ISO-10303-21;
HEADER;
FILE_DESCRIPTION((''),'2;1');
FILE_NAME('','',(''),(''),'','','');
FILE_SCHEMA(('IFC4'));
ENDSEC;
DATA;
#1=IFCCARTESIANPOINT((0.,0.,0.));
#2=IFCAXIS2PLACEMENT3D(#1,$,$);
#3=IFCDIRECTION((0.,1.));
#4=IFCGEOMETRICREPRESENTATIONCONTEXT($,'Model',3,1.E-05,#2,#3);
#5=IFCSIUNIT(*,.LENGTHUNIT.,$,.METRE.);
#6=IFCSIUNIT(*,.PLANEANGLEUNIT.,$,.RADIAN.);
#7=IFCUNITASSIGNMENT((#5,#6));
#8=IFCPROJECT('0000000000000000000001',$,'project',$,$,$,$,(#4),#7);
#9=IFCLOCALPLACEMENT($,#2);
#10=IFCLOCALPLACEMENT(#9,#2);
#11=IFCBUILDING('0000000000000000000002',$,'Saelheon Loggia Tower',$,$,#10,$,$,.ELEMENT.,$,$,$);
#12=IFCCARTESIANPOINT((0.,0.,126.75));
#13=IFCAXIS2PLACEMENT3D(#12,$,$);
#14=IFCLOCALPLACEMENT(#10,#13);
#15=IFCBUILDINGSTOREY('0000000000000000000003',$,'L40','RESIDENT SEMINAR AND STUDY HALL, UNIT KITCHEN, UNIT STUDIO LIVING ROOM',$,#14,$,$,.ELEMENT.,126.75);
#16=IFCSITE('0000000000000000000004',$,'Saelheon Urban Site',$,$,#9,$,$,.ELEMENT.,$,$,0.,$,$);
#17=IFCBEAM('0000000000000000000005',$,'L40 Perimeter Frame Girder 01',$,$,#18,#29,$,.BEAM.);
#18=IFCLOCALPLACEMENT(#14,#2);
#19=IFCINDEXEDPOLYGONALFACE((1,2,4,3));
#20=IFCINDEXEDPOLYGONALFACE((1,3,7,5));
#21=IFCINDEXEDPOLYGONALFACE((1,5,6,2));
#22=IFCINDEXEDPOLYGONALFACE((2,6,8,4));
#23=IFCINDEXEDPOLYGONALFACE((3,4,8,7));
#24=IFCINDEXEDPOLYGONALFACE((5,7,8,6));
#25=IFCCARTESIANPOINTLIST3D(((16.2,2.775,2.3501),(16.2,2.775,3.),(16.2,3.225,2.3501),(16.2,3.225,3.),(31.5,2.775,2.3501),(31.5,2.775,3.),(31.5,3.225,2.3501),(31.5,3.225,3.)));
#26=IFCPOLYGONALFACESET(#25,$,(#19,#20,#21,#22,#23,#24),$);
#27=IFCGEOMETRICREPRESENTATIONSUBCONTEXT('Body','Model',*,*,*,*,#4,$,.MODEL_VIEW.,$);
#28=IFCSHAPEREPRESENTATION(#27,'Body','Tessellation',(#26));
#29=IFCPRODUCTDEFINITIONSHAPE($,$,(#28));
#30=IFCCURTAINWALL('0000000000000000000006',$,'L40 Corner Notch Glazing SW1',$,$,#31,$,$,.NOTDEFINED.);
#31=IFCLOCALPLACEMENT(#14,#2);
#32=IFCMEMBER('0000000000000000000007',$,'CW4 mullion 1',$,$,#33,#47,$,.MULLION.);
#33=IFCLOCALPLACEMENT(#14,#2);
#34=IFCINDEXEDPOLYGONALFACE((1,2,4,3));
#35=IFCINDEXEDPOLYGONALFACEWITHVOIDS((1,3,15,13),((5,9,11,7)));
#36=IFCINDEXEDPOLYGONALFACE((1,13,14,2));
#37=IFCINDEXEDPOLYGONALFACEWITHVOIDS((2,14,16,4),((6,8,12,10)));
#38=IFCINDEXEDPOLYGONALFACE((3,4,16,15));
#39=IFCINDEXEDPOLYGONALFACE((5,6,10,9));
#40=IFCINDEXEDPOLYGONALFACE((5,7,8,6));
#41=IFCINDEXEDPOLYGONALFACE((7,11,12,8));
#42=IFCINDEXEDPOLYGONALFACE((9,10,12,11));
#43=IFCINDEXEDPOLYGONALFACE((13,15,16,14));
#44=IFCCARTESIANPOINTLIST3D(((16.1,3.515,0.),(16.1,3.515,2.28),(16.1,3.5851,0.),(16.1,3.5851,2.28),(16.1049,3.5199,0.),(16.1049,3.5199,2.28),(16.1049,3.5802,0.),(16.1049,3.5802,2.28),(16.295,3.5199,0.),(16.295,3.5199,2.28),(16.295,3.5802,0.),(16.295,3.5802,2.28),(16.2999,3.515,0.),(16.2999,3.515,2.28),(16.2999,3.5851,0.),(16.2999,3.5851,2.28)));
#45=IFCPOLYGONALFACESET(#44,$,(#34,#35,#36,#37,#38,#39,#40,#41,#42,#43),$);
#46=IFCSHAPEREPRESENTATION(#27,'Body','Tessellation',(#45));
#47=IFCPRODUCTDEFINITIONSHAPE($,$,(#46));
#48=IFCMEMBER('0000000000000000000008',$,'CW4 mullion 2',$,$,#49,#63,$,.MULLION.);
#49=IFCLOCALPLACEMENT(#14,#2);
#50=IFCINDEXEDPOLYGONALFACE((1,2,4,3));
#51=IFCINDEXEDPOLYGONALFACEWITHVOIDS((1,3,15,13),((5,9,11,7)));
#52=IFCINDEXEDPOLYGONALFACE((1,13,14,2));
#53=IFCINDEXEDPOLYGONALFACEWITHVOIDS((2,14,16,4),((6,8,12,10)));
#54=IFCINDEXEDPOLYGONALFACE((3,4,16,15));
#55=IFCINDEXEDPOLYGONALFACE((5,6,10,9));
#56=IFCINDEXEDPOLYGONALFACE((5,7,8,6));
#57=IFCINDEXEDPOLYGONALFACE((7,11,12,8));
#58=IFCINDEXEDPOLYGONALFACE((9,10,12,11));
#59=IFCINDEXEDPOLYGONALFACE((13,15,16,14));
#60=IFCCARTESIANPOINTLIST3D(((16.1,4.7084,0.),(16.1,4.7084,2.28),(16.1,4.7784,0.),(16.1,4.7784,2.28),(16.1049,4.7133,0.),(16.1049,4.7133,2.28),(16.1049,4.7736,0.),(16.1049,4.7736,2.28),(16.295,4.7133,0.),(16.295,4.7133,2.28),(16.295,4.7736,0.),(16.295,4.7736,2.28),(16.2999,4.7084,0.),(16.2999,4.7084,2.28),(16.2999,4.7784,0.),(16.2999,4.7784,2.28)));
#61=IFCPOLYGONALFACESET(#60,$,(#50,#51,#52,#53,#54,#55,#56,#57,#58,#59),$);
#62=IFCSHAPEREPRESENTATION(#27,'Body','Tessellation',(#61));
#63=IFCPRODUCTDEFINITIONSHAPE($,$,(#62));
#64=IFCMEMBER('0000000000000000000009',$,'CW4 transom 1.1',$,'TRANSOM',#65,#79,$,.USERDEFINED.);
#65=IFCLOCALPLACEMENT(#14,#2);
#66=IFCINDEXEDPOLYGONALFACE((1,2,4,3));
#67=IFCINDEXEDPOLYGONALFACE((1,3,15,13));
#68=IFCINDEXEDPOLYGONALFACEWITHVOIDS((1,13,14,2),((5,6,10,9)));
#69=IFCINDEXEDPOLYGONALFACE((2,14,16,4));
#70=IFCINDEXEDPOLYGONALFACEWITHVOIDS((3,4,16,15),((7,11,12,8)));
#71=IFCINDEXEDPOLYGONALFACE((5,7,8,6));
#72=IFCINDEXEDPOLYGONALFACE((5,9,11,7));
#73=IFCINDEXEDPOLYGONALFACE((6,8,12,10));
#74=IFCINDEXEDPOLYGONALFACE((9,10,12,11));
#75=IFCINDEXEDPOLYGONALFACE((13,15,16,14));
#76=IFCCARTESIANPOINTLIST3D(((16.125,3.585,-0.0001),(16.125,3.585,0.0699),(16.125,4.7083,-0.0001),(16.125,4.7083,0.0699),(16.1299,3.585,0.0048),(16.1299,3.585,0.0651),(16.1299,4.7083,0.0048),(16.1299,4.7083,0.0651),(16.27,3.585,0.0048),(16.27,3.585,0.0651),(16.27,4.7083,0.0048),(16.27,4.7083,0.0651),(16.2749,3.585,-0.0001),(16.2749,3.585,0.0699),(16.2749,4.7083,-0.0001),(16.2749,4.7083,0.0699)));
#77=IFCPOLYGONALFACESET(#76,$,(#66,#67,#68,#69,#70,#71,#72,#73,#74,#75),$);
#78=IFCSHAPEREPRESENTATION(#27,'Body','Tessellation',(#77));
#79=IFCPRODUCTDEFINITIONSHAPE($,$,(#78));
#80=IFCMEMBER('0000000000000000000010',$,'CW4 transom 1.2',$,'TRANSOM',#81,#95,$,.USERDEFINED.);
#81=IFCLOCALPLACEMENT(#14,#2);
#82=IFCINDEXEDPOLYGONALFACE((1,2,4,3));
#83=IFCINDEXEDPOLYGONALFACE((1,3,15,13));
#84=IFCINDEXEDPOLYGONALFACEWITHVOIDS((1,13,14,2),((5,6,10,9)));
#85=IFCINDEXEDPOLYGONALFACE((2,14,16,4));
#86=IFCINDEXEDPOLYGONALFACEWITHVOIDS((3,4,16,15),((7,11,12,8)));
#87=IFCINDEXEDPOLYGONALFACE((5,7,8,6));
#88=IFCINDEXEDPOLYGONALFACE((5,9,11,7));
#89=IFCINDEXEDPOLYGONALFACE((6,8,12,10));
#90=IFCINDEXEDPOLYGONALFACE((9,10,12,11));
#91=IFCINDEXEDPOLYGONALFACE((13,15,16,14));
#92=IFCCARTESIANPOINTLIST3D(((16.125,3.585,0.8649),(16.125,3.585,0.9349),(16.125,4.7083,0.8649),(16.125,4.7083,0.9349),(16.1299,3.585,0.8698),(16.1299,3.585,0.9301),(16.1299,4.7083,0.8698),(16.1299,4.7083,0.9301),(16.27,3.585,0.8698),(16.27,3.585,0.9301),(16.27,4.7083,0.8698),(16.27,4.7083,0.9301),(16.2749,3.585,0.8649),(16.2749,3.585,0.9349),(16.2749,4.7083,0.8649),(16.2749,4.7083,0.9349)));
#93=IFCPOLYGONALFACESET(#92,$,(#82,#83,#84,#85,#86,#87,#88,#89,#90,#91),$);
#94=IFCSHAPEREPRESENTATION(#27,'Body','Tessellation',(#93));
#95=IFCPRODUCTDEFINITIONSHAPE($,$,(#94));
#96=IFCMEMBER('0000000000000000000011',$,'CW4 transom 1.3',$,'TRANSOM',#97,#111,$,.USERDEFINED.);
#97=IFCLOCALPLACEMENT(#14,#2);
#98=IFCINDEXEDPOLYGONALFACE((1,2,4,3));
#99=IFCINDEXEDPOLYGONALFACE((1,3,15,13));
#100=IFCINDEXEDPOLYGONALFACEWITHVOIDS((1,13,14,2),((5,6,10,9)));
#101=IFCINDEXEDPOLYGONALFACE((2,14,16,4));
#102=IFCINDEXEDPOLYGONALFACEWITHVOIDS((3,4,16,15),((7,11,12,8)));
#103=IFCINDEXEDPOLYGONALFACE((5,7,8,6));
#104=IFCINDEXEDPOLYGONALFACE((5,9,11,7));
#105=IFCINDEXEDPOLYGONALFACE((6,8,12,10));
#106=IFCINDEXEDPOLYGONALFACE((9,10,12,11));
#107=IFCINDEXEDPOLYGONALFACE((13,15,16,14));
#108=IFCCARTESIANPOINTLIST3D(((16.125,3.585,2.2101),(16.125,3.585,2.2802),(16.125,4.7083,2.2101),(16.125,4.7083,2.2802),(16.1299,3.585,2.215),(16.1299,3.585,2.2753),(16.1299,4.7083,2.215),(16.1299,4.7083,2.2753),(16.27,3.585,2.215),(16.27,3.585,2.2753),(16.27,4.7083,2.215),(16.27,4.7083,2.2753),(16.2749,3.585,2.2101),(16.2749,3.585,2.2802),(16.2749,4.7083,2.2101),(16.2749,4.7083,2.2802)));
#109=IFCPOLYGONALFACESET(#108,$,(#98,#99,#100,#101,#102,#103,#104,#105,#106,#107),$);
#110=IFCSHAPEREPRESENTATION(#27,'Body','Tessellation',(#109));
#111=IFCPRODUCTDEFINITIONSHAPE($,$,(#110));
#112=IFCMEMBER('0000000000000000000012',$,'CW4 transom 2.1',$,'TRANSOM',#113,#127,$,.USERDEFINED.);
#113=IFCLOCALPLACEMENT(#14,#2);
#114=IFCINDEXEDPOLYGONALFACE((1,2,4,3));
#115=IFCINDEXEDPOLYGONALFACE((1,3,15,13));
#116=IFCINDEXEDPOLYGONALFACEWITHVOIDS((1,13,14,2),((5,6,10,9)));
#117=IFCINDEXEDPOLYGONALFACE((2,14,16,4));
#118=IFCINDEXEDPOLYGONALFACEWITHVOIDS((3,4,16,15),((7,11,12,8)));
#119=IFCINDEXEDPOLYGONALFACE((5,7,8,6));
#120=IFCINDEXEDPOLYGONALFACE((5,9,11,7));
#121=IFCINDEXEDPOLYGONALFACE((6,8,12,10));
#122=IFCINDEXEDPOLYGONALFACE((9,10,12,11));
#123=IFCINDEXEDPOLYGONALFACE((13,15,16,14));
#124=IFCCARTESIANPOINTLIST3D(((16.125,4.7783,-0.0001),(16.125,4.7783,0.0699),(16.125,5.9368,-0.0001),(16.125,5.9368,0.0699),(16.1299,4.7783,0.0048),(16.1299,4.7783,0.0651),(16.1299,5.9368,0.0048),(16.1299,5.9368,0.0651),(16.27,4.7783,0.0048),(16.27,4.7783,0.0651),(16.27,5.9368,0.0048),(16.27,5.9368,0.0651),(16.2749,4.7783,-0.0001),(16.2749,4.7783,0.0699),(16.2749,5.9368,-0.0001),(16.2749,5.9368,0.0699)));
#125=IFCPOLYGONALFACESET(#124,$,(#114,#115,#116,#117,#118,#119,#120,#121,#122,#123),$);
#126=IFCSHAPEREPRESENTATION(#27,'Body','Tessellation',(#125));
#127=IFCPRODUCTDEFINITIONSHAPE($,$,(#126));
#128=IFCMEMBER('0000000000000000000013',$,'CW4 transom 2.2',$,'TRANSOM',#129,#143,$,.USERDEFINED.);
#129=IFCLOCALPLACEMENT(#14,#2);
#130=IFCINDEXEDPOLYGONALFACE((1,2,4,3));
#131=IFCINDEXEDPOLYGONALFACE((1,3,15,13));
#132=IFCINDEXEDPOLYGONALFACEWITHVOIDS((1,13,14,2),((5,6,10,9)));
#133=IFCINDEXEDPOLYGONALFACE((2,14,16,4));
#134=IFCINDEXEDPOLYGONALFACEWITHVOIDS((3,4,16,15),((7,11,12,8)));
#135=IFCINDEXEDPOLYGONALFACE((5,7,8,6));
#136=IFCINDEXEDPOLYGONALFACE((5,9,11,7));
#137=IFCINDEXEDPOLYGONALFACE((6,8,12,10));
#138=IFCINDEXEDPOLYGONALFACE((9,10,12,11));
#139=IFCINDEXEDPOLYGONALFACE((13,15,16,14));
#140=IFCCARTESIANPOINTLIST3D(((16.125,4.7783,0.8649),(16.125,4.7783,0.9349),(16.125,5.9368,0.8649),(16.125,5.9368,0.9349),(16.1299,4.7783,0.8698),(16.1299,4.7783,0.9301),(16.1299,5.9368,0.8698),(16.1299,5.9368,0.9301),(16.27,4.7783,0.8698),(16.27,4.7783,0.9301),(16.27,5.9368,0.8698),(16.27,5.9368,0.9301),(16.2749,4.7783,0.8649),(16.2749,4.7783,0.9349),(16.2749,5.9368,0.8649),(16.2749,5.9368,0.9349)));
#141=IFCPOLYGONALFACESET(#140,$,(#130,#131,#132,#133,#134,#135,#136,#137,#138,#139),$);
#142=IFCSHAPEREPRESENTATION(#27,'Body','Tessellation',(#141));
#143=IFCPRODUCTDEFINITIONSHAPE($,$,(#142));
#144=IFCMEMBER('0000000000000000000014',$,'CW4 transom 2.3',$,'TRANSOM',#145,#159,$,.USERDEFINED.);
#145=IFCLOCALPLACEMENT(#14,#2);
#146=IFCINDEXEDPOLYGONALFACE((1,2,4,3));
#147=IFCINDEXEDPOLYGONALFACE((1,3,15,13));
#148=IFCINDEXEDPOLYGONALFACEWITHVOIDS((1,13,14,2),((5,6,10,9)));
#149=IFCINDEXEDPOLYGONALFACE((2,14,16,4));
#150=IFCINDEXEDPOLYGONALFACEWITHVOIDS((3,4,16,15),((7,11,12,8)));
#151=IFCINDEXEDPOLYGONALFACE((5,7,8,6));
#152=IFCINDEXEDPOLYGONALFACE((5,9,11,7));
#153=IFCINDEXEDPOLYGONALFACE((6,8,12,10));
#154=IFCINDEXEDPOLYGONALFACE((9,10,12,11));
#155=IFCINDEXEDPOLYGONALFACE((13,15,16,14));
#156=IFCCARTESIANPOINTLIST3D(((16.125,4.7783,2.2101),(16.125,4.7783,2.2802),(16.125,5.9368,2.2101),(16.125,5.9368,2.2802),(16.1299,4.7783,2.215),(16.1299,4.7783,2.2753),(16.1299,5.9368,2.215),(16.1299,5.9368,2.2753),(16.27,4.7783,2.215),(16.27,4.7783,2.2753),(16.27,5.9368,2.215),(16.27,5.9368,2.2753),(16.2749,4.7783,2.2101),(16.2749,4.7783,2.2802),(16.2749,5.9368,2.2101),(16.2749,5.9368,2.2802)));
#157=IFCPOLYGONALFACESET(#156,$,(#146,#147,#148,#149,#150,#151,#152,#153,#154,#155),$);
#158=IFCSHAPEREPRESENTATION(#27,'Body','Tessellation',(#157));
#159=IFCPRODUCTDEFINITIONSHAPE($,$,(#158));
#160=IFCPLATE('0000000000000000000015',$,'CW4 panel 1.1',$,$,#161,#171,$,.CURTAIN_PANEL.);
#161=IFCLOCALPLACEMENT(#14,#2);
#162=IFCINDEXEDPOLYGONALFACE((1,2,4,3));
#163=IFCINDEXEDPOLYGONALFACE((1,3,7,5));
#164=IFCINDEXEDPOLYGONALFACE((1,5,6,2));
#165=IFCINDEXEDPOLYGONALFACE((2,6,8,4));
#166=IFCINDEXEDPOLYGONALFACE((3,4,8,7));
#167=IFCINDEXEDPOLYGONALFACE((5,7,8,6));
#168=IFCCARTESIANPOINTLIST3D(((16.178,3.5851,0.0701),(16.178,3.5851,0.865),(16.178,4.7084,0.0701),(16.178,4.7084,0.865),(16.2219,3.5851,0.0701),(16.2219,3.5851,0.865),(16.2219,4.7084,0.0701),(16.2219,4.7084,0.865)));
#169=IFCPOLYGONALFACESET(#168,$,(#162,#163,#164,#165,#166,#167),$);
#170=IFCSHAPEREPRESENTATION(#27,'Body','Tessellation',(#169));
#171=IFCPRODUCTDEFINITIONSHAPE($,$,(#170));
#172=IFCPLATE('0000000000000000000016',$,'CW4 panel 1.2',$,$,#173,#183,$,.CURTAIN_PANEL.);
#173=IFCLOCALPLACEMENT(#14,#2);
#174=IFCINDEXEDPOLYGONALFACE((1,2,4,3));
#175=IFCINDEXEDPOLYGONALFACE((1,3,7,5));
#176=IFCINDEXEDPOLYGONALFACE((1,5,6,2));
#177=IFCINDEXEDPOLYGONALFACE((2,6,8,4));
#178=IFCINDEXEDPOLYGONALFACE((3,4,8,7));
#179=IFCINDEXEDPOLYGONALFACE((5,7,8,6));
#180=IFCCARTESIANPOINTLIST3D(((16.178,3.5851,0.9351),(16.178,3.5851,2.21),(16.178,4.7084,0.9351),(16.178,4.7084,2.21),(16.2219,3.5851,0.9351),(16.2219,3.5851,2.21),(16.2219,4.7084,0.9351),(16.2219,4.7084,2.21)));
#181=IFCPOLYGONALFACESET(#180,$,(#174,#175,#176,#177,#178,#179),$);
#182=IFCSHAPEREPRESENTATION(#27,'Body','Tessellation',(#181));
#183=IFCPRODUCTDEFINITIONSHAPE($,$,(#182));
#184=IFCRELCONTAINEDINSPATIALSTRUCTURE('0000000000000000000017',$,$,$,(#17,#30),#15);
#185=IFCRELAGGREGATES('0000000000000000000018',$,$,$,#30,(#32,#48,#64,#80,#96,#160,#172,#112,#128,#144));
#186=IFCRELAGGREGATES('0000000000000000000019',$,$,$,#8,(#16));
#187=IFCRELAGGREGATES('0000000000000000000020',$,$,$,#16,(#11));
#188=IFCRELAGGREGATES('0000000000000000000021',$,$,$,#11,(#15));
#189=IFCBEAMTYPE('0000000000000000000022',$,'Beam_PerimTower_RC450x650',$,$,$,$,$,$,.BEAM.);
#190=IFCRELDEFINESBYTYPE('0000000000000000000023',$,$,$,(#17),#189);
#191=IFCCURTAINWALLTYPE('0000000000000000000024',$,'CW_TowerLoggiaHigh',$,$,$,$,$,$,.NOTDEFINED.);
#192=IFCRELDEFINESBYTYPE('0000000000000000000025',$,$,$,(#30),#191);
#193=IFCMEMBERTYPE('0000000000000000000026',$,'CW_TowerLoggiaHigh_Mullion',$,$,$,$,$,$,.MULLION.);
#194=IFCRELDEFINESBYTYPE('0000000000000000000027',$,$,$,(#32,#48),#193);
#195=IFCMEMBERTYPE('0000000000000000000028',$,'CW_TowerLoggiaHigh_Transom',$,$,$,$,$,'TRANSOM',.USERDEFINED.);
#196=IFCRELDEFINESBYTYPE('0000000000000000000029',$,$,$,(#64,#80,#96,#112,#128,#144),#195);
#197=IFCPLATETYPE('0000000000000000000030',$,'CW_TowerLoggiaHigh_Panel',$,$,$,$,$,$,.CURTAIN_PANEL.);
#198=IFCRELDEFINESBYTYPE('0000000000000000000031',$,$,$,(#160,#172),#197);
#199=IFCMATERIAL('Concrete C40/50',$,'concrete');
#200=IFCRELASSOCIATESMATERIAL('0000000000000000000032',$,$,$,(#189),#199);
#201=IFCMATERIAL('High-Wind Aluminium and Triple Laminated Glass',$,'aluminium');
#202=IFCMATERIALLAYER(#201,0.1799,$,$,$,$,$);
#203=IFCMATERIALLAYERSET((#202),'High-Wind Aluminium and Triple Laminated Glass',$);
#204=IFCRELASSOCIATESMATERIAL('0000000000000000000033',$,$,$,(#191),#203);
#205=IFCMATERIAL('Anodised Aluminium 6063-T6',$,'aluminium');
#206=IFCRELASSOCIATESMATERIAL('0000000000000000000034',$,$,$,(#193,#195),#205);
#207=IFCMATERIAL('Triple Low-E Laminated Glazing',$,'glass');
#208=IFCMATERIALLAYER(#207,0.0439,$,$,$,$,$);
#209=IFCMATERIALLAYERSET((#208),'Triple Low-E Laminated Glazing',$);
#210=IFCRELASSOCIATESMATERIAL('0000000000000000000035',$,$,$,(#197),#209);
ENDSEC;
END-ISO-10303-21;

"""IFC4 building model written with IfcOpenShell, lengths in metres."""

from ifc_helpers import new_model, si_unit, direction, frame, origin, origin_2d, place, context, subcontext, project, spatial, rectangle, hollow_rectangle, extrude, source, transform, mapped, material, layer, layer_set, material_profile, profile_set, type_object, element, aggregate, save


model = new_model("IFC4")

# Units and contexts
model_context = context("Model", 3, precision=1e-05, world=origin(), true_north=direction((0.0, 1.0)))
body_context = subcontext(model_context, "Body", "Model", "MODEL_VIEW")
ifc_project = project(units=[si_unit("LENGTHUNIT", "METRE"), si_unit("PLANEANGLEUNIT", "RADIAN")], contexts=[model_context])

# Site, building, storey
site_placement = place(None, origin())
site = spatial("IfcSite", under=ifc_project, at=site_placement, Name="Saelheon Urban Site", CompositionType="ELEMENT", RefElevation=0.0)
building_placement = place(site_placement, origin())
building = spatial("IfcBuilding", under=site, at=building_placement, Name="Saelheon Loggia Tower", CompositionType="ELEMENT")
storey_placement = place(building_placement, frame((0.0, 0.0, 126.75)))
storey = spatial("IfcBuildingStorey", under=building, at=storey_placement, Name="L40", Description="RESIDENT SEMINAR AND STUDY HALL, UNIT KITCHEN, UNIT STUDIO LIVING ROOM", CompositionType="ELEMENT", Elevation=126.75)

# Beam
ifc_material_1 = material(Name="Concrete C40/50", Category="concrete")
ifc_material_profile_1 = material_profile(ifc_material_1, rectangle(XDim=0.45, YDim=0.6499, at=origin_2d()), Name="RC-450x650")
ifc_profile_set_1 = profile_set([ifc_material_profile_1], Name="Concrete C40/50")
beam_type = type_object("IfcBeamType", Name="Beam_PerimTower_RC450x650", PredefinedType="BEAM", material=ifc_profile_set_1)
shared_shape_1 = source(origin(), body_context, "Body", "SweptSolid", [
    extrude(rectangle(XDim=0.45, YDim=0.6499, at=origin_2d()), origin(), (0.0, 0.0, 1.0), 15.3),
])
beam_placement = place(storey_placement, frame((16.2, 3.0, 2.675), z_axis=(1.0, 0.0, 0.0), x_axis=(0.0, 1.0, 0.0)))
element("IfcBeam", 1, at=beam_placement, inside=storey, type_object=beam_type, Name="L40 Perimeter Frame Girder 01", PredefinedType="BEAM", context=body_context, shape_type="MappedRepresentation", body=[
    mapped(shared_shape_1, transform((0.0, 0.0, 0.0), scale=1.0)),
])

# Curtain wall, members, plates
ifc_material_2 = material(Name="High-Wind Aluminium and Triple Laminated Glass", Category="aluminium")
ifc_layer_1 = layer(ifc_material_2, 0.1799)
ifc_layer_set_1 = layer_set([ifc_layer_1], Name="High-Wind Aluminium and Triple Laminated Glass")
curtain_wall_type = type_object("IfcCurtainWallType", Name="CW_TowerLoggiaHigh", PredefinedType="NOTDEFINED", material=ifc_layer_set_1)
curtain_wall_placement = place(storey_placement, origin())
curtain_wall = element("IfcCurtainWall", 2, at=curtain_wall_placement, inside=storey, type_object=curtain_wall_type, Name="L40 Corner Notch Glazing SW1", PredefinedType="NOTDEFINED")
ifc_material_3 = material(Name="Anodised Aluminium 6063-T6", Category="aluminium")
ifc_material_profile_2 = material_profile(ifc_material_3, hollow_rectangle(XDim=0.0701, YDim=0.2, WallThickness=0.0049, at=origin_2d()), Name="RHS-200x70x5")
ifc_profile_set_2 = profile_set([ifc_material_profile_2], Name="Anodised Aluminium 6063-T6")
member_type_1 = type_object("IfcMemberType", Name="CW_TowerLoggiaHigh_Mullion", PredefinedType="MULLION", material=ifc_profile_set_2)
shared_shape_2 = source(origin(), body_context, "Body", "SweptSolid", [
    extrude(hollow_rectangle(XDim=0.0701, YDim=0.2, WallThickness=0.0049, at=origin_2d()), origin(), (0.0, 0.0, 1.0), 2.28),
])
member_1_placement = place(storey_placement, frame((16.2, 3.55, 0.0), z_axis=(0.0, 0.0, 1.0), x_axis=(0.0, 1.0, 0.0)))
member_1 = element("IfcMember", 3, at=member_1_placement, type_object=member_type_1, Name="CW4 mullion 1", PredefinedType="MULLION", context=body_context, shape_type="MappedRepresentation", body=[
    mapped(shared_shape_2, transform((0.0, 0.0, 0.0), scale=1.0)),
])
member_2_placement = place(storey_placement, frame((16.2, 4.7434, 0.0), z_axis=(0.0, 0.0, 1.0), x_axis=(0.0, 1.0, 0.0)))
member_2 = element("IfcMember", 4, at=member_2_placement, type_object=member_type_1, Name="CW4 mullion 2", PredefinedType="MULLION", context=body_context, shape_type="MappedRepresentation", body=[
    mapped(shared_shape_2, transform((0.0, 0.0, 0.0), scale=1.0)),
])
ifc_material_profile_3 = material_profile(ifc_material_3, hollow_rectangle(XDim=0.0701, YDim=0.1499, WallThickness=0.0049, at=origin_2d()), Name="RHS-150x70x5")
ifc_profile_set_3 = profile_set([ifc_material_profile_3], Name="Anodised Aluminium 6063-T6")
member_type_2 = type_object("IfcMemberType", Name="CW_TowerLoggiaHigh_Transom", ElementType="TRANSOM", PredefinedType="USERDEFINED", material=ifc_profile_set_3)
shared_shape_3 = source(origin(), body_context, "Body", "SweptSolid", [
    extrude(hollow_rectangle(XDim=0.0701, YDim=0.1499, WallThickness=0.0049, at=origin_2d()), origin(), (0.0, 0.0, 1.0), 1.1233),
])
member_3_placement = place(storey_placement, frame((16.2, 3.585, 0.0349), z_axis=(0.0, 1.0, 0.0), x_axis=(0.0, 0.0, 1.0)))
member_3 = element("IfcMember", 5, at=member_3_placement, type_object=member_type_2, Name="CW4 transom 1.1", ObjectType="TRANSOM", PredefinedType="USERDEFINED", context=body_context, shape_type="MappedRepresentation", body=[
    mapped(shared_shape_3, transform((0.0, 0.0, 0.0), scale=1.0)),
])
member_4_placement = place(storey_placement, frame((16.2, 3.585, 0.8999), z_axis=(0.0, 1.0, 0.0), x_axis=(0.0, 0.0, 1.0)))
member_4 = element("IfcMember", 6, at=member_4_placement, type_object=member_type_2, Name="CW4 transom 1.2", ObjectType="TRANSOM", PredefinedType="USERDEFINED", context=body_context, shape_type="MappedRepresentation", body=[
    mapped(shared_shape_3, transform((0.0, 0.0, 0.0), scale=1.0)),
])
member_5_placement = place(storey_placement, frame((16.2, 3.585, 2.2451), z_axis=(0.0, 1.0, 0.0), x_axis=(0.0, 0.0, 1.0)))
member_5 = element("IfcMember", 7, at=member_5_placement, type_object=member_type_2, Name="CW4 transom 1.3", ObjectType="TRANSOM", PredefinedType="USERDEFINED", context=body_context, shape_type="MappedRepresentation", body=[
    mapped(shared_shape_3, transform((0.0, 0.0, 0.0), scale=1.0)),
])
shared_shape_4 = source(origin(), body_context, "Body", "SweptSolid", [
    extrude(hollow_rectangle(XDim=0.0701, YDim=0.1499, WallThickness=0.0049, at=origin_2d()), origin(), (0.0, 0.0, 1.0), 1.1584),
])
member_6_placement = place(storey_placement, frame((16.2, 4.7783, 0.0349), z_axis=(0.0, 1.0, 0.0), x_axis=(0.0, 0.0, 1.0)))
member_6 = element("IfcMember", 8, at=member_6_placement, type_object=member_type_2, Name="CW4 transom 2.1", ObjectType="TRANSOM", PredefinedType="USERDEFINED", context=body_context, shape_type="MappedRepresentation", body=[
    mapped(shared_shape_4, transform((0.0, 0.0, 0.0), scale=1.0)),
])
member_7_placement = place(storey_placement, frame((16.2, 4.7783, 0.8999), z_axis=(0.0, 1.0, 0.0), x_axis=(0.0, 0.0, 1.0)))
member_7 = element("IfcMember", 9, at=member_7_placement, type_object=member_type_2, Name="CW4 transom 2.2", ObjectType="TRANSOM", PredefinedType="USERDEFINED", context=body_context, shape_type="MappedRepresentation", body=[
    mapped(shared_shape_4, transform((0.0, 0.0, 0.0), scale=1.0)),
])
member_8_placement = place(storey_placement, frame((16.2, 4.7783, 2.2451), z_axis=(0.0, 1.0, 0.0), x_axis=(0.0, 0.0, 1.0)))
member_8 = element("IfcMember", 10, at=member_8_placement, type_object=member_type_2, Name="CW4 transom 2.3", ObjectType="TRANSOM", PredefinedType="USERDEFINED", context=body_context, shape_type="MappedRepresentation", body=[
    mapped(shared_shape_4, transform((0.0, 0.0, 0.0), scale=1.0)),
])
ifc_material_4 = material(Name="Triple Low-E Laminated Glazing", Category="glass")
ifc_layer_2 = layer(ifc_material_4, 0.0439)
ifc_layer_set_2 = layer_set([ifc_layer_2], Name="Triple Low-E Laminated Glazing")
plate_type = type_object("IfcPlateType", Name="CW_TowerLoggiaHigh_Panel", PredefinedType="CURTAIN_PANEL", material=ifc_layer_set_2)
shared_shape_5 = source(origin(), body_context, "Body", "SweptSolid", [
    extrude(rectangle(XDim=1.1233, YDim=0.0439, at=origin_2d()), origin(), (0.0, 0.0, 1.0), 0.7949),
])
plate_1_placement = place(storey_placement, frame((16.2, 4.1467, 0.0701), z_axis=(0.0, 0.0, 1.0), x_axis=(0.0, 1.0, 0.0)))
plate_1 = element("IfcPlate", 11, at=plate_1_placement, type_object=plate_type, Name="CW4 panel 1.1", PredefinedType="CURTAIN_PANEL", context=body_context, shape_type="MappedRepresentation", body=[
    mapped(shared_shape_5, transform((0.0, 0.0, 0.0), scale=1.0)),
])
shared_shape_6 = source(origin(), body_context, "Body", "SweptSolid", [
    extrude(rectangle(XDim=1.1233, YDim=0.0439, at=origin_2d()), origin(), (0.0, 0.0, 1.0), 1.2749),
])
plate_2_placement = place(storey_placement, frame((16.2, 4.1467, 0.9351), z_axis=(0.0, 0.0, 1.0), x_axis=(0.0, 1.0, 0.0)))
plate_2 = element("IfcPlate", 12, at=plate_2_placement, type_object=plate_type, Name="CW4 panel 1.2", PredefinedType="CURTAIN_PANEL", context=body_context, shape_type="MappedRepresentation", body=[
    mapped(shared_shape_6, transform((0.0, 0.0, 0.0), scale=1.0)),
])
aggregate(curtain_wall, [member_1, member_2, member_3, member_4, member_5, plate_1, plate_2, member_6, member_7, member_8])

save(model, "model.ifc")
